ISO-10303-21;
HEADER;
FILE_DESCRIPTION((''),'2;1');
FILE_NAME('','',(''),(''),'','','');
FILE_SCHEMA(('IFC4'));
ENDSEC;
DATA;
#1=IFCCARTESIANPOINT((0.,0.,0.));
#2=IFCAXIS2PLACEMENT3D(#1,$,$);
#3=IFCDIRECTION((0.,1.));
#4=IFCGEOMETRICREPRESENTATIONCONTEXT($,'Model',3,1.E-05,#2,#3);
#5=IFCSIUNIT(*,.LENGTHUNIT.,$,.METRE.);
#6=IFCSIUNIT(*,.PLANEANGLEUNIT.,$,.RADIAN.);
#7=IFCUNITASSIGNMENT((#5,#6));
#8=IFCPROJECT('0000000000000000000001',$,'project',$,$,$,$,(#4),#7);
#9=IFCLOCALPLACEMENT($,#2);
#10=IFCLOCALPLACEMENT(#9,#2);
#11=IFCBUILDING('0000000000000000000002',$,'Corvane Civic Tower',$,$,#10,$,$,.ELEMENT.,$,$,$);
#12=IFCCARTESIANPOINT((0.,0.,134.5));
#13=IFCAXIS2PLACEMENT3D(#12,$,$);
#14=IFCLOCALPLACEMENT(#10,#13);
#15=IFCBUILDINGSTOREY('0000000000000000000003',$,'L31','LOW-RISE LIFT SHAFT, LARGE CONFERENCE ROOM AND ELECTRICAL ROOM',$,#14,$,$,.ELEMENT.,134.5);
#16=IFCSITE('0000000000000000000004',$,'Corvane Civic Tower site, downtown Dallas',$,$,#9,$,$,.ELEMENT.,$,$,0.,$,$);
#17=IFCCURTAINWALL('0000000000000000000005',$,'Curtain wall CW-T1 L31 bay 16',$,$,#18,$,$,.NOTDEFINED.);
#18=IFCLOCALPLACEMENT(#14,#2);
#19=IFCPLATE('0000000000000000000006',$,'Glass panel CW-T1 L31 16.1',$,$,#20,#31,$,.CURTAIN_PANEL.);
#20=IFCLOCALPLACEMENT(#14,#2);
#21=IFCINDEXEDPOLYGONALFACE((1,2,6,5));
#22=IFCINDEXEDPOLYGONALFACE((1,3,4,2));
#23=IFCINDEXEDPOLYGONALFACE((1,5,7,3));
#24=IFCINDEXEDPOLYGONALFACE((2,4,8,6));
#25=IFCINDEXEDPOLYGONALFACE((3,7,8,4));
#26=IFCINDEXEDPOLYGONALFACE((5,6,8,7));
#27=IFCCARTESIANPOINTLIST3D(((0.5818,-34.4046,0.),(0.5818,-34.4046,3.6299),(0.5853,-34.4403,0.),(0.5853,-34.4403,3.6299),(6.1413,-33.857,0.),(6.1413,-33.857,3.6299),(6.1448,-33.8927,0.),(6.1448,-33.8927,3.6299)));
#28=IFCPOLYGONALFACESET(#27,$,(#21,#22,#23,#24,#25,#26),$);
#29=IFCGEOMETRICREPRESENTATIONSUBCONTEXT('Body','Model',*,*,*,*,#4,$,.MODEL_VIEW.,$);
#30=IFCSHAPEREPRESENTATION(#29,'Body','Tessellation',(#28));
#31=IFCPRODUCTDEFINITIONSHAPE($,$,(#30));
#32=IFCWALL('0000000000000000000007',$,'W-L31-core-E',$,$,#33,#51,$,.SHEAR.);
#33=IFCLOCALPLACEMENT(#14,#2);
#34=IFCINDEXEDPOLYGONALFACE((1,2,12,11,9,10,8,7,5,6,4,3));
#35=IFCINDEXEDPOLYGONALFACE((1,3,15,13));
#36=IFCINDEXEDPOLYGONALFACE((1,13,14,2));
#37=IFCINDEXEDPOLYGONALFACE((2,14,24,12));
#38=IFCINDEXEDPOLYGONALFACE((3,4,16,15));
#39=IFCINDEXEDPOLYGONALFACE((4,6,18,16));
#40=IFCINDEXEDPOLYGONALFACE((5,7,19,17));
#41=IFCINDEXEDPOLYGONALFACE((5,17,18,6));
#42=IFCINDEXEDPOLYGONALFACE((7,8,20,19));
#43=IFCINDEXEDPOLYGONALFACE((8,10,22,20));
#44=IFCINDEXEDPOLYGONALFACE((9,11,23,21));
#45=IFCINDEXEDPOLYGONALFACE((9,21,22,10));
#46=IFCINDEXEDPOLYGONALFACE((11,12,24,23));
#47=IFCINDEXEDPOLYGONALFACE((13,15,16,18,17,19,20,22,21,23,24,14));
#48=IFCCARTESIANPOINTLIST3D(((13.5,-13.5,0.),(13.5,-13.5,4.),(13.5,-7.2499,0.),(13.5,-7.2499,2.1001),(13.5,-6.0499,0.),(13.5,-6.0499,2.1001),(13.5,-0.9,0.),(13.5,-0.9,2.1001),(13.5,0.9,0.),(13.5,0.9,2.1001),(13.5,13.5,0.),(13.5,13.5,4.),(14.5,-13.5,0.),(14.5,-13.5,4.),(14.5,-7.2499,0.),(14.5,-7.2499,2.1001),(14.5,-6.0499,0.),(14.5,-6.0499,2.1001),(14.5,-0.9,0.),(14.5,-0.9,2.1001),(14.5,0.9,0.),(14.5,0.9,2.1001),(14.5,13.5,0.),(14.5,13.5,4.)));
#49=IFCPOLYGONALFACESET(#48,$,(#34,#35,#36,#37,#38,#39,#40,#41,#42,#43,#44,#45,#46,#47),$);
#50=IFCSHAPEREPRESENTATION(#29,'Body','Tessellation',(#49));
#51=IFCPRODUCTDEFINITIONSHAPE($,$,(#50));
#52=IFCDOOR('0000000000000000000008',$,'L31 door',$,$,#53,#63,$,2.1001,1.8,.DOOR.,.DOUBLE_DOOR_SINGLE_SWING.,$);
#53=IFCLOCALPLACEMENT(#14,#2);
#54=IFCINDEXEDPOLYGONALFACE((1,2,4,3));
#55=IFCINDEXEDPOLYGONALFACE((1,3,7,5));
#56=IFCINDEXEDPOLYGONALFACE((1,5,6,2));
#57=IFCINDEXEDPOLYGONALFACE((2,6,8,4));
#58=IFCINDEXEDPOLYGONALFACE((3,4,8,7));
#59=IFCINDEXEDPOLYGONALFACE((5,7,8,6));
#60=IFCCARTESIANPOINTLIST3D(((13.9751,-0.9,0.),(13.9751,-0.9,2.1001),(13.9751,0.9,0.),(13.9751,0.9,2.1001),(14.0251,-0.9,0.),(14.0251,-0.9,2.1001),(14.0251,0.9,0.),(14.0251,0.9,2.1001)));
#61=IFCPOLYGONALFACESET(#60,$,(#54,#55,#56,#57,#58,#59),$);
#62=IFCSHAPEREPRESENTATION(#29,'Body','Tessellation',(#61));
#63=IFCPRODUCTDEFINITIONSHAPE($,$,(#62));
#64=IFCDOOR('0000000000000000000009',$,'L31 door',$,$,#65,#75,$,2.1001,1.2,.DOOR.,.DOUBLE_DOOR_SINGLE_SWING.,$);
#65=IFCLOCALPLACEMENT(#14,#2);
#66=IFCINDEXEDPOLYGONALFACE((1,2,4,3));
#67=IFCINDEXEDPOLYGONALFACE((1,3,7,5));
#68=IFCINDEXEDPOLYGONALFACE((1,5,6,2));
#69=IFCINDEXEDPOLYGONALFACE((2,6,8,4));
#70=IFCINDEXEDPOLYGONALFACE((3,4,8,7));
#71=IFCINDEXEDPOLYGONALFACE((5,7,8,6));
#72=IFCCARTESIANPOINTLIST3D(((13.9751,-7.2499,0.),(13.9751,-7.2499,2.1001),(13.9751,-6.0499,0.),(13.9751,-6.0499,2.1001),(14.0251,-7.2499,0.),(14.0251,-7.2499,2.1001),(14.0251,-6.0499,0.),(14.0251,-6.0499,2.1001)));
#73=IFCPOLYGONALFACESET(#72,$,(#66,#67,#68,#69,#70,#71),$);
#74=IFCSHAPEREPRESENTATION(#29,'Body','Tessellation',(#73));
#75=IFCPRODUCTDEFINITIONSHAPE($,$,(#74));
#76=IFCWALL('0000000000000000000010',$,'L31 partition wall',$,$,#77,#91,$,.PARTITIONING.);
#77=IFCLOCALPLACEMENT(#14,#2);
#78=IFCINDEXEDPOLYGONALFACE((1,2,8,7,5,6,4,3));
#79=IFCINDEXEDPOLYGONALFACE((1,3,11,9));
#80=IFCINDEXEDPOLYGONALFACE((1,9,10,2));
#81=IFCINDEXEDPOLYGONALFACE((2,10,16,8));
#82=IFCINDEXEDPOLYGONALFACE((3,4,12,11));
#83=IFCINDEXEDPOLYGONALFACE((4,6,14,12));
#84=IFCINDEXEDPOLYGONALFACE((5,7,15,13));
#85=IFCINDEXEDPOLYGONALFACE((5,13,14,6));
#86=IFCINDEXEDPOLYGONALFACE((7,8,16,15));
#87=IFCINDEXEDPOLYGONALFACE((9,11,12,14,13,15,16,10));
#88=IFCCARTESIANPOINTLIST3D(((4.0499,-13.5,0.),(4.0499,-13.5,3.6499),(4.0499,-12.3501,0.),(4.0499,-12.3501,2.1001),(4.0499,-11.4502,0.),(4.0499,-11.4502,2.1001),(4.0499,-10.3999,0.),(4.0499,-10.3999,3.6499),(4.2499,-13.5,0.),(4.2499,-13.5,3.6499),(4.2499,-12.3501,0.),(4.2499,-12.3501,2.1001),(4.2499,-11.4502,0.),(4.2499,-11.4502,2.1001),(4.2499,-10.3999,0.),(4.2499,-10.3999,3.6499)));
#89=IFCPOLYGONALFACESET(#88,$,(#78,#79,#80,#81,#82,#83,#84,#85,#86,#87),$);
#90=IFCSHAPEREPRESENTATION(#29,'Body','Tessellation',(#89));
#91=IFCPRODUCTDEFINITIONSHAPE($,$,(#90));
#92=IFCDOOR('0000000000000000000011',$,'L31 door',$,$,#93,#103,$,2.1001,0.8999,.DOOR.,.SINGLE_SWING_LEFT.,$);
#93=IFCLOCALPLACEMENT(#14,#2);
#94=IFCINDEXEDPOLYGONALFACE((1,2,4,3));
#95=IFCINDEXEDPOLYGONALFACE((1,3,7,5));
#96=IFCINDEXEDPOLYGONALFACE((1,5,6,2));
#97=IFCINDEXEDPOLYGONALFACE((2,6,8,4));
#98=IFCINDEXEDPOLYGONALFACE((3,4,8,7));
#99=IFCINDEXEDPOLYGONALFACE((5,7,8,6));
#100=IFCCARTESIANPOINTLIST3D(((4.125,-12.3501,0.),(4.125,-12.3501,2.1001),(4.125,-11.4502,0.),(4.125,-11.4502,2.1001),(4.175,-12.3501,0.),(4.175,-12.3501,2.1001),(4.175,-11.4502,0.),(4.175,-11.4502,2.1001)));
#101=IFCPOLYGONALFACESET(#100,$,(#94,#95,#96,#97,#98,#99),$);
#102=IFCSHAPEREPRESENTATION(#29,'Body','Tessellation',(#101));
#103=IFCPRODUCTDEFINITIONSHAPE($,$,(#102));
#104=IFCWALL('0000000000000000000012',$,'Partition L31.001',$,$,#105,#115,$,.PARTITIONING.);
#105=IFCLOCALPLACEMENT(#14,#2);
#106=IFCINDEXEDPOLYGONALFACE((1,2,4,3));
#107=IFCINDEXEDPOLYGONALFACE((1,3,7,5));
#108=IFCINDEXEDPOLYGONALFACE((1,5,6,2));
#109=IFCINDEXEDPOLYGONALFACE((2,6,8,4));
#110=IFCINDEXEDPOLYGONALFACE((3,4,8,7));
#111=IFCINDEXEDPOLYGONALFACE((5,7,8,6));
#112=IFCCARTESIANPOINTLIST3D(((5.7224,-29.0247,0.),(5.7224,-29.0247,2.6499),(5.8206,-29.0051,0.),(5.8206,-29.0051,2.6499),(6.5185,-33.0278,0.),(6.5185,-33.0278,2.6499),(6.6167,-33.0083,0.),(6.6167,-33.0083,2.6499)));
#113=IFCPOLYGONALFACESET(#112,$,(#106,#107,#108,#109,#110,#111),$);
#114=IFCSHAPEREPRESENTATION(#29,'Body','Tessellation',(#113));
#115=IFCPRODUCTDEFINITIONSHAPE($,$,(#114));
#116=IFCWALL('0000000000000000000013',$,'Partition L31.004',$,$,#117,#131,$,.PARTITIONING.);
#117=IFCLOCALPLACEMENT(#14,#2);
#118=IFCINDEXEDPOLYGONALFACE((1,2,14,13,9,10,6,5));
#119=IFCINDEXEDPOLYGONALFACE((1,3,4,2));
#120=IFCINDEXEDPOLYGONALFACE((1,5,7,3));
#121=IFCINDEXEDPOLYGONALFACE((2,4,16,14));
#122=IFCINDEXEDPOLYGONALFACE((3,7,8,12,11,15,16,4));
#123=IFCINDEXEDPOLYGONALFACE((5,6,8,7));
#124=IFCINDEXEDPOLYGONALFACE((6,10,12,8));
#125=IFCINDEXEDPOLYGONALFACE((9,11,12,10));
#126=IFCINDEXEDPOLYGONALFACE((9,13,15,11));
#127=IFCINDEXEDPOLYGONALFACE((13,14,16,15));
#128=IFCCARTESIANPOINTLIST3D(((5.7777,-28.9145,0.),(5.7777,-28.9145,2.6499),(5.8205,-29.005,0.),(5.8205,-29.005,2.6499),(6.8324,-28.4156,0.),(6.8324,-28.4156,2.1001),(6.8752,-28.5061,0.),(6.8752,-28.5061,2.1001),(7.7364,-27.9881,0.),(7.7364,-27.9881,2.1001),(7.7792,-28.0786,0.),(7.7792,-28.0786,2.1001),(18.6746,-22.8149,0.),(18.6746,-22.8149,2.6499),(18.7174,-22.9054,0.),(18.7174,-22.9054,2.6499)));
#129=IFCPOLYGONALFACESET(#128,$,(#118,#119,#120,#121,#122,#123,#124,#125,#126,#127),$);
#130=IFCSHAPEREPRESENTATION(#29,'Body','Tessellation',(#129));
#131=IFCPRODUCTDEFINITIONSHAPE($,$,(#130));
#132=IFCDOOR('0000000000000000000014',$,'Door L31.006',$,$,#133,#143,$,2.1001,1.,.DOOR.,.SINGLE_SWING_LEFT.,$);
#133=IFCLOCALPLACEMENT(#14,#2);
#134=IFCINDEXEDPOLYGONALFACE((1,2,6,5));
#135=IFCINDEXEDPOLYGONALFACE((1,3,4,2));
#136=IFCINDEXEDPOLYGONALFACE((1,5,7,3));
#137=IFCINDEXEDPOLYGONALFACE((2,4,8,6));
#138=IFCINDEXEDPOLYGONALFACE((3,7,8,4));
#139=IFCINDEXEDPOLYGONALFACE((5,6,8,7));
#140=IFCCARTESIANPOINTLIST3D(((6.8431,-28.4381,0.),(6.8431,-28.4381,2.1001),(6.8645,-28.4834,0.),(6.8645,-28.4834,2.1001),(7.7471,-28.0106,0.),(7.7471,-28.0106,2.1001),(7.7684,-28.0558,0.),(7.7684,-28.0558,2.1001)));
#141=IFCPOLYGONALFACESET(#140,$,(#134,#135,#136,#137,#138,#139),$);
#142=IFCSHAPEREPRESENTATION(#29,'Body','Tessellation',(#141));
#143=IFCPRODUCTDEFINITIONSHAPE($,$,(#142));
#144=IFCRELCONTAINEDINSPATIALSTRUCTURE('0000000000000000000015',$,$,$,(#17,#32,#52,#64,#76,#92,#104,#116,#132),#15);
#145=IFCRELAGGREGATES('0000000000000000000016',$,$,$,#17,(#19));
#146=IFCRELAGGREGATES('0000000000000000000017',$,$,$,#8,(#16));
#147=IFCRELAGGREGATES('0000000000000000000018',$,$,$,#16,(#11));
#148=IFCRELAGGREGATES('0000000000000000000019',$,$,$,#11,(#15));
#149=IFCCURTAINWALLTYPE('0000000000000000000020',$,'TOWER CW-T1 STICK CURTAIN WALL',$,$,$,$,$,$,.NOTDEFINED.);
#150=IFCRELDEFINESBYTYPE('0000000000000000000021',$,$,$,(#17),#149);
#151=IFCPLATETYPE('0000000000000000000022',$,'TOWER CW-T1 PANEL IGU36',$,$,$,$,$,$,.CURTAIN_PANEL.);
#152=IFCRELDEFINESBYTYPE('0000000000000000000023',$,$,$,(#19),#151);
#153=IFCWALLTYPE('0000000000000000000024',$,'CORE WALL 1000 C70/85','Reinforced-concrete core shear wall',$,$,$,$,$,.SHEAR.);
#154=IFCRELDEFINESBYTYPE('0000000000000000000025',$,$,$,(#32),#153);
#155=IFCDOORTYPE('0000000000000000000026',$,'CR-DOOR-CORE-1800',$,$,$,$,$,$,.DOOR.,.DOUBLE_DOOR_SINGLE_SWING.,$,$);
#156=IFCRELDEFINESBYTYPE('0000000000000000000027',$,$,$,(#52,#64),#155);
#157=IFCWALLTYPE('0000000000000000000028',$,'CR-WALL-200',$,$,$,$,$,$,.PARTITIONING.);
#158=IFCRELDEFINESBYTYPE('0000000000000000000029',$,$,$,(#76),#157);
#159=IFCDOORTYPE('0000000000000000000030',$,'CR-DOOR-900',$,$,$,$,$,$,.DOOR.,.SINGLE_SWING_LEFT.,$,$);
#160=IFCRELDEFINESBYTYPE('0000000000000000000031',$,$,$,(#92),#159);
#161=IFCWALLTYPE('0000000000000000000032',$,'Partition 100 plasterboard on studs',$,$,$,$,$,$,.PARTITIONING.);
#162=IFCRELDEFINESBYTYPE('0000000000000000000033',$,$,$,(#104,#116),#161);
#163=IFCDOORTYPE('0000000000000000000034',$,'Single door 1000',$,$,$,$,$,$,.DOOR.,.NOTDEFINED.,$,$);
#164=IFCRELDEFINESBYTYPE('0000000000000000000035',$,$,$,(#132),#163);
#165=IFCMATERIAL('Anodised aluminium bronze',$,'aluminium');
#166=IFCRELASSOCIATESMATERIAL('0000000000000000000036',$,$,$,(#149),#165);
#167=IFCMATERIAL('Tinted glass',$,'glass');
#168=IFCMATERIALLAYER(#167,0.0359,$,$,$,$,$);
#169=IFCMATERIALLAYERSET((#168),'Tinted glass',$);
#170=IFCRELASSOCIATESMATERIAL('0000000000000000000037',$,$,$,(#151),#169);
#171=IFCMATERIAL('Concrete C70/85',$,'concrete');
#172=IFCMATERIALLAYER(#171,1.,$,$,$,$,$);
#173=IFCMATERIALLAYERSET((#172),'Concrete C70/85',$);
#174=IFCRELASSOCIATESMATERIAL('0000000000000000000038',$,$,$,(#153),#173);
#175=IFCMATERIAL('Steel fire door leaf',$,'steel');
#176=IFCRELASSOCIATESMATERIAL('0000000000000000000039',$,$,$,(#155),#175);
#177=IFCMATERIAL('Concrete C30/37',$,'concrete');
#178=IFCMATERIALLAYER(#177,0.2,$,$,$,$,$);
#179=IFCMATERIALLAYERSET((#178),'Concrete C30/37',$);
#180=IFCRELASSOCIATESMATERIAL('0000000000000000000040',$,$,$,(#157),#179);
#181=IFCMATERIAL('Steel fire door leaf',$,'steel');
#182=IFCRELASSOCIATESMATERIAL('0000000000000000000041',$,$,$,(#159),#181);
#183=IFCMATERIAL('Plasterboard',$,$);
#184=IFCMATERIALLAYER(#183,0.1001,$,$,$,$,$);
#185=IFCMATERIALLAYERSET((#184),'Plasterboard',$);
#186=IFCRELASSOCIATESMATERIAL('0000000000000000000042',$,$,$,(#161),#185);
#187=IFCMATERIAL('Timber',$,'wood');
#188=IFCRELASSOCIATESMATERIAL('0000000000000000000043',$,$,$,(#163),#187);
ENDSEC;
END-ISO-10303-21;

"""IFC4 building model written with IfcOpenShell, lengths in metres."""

from ifc_helpers import new_model, si_unit, direction, frame, frame_2d, origin, origin_2d, place, context, subcontext, project, spatial, rectangle, extrude, material, layer, layer_set, type_object, element, fill, aggregate, save


model = new_model("IFC4")

# Units and contexts
model_context = context("Model", 3, precision=1e-05, world=origin(), true_north=direction((0.0, 1.0)))
body_context = subcontext(model_context, "Body", "Model", "MODEL_VIEW")
ifc_project = project(units=[si_unit("LENGTHUNIT", "METRE"), si_unit("PLANEANGLEUNIT", "RADIAN")], contexts=[model_context])

# Site, building, storey
site_placement = place(None, origin())
site = spatial("IfcSite", under=ifc_project, at=site_placement, Name="Corvane Civic Tower site, downtown Dallas", CompositionType="ELEMENT", RefElevation=0.0)
building_placement = place(site_placement, origin())
building = spatial("IfcBuilding", under=site, at=building_placement, Name="Corvane Civic Tower", CompositionType="ELEMENT")
storey_placement = place(building_placement, frame((0.0, 0.0, 134.5)))
storey = spatial("IfcBuildingStorey", under=building, at=storey_placement, Name="L31", Description="LOW-RISE LIFT SHAFT, LARGE CONFERENCE ROOM AND ELECTRICAL ROOM", CompositionType="ELEMENT", Elevation=134.5)

# Curtain wall
ifc_material_1 = material(Name="Anodised aluminium bronze", Category="aluminium")
curtain_wall_type = type_object("IfcCurtainWallType", Name="TOWER CW-T1 STICK CURTAIN WALL", PredefinedType="NOTDEFINED", material=ifc_material_1)
curtain_wall_1_placement = place(storey_placement, origin())
curtain_wall_1 = element("IfcCurtainWall", 1, at=curtain_wall_1_placement, inside=storey, type_object=curtain_wall_type, Name="Curtain wall CW-T1 L31 bay 16", PredefinedType="NOTDEFINED")

# Plate
ifc_material_2 = material(Name="Tinted glass", Category="glass")
ifc_layer_1 = layer(ifc_material_2, 0.0359)
ifc_layer_set_1 = layer_set([ifc_layer_1], Name="Tinted glass")
plate_type = type_object("IfcPlateType", Name="TOWER CW-T1 PANEL IGU36", PredefinedType="CURTAIN_PANEL", material=ifc_layer_set_1)
plate_1_placement = place(storey_placement, frame((3.3633, -34.1487, 0.0), z_axis=(0.0, 0.0, 1.0), x_axis=(-0.995184, -0.098027, 0.0)))
plate_1 = element("IfcPlate", 2, at=plate_1_placement, type_object=plate_type, Name="Glass panel CW-T1 L31 16.1", PredefinedType="CURTAIN_PANEL", context=body_context, shape_type="SweptSolid", body=[
    extrude(rectangle(XDim=5.5864, YDim=0.0359, at=origin_2d()), origin(), (0.0, 0.0, 1.0), 3.6299),
])
aggregate(curtain_wall_1, [plate_1])

# Wall, openings, doors
ifc_material_3 = material(Name="Concrete C70/85", Category="concrete")
ifc_layer_2 = layer(ifc_material_3, 1.0)
ifc_layer_set_2 = layer_set([ifc_layer_2], Name="Concrete C70/85")
wall_type_1 = type_object("IfcWallType", Name="CORE WALL 1000 C70/85", Description="Reinforced-concrete core shear wall", PredefinedType="SHEAR", material=ifc_layer_set_2)
wall_1_placement = place(storey_placement, frame((14.0, -13.5, 0.0), z_axis=(0.0, 0.0, 1.0), x_axis=(0.0, 1.0, 0.0)))
wall_1 = element("IfcWall", 3, at=wall_1_placement, inside=storey, type_object=wall_type_1, Name="W-L31-core-E", PredefinedType="SHEAR", context=body_context, shape_type="SweptSolid", body=[
    extrude(rectangle(XDim=27.0, YDim=1.0, at=frame_2d((13.5, 0.0))), origin(), (0.0, 0.0, 1.0), 4.0),
])
opening_1_placement = place(wall_1_placement, frame((12.6001, 0.0, 0.0)))
opening_1 = element("IfcOpeningElement", 4, at=opening_1_placement, cuts=wall_1, PredefinedType="OPENING", context=body_context, shape_type="SweptSolid", body=[
    extrude(rectangle(XDim=1.8, YDim=2.1001, at=frame_2d((0.8999, 1.05))), frame((0.0, 0.51, 0.0), z_axis=(0.0, -1.0, 0.0), x_axis=(1.0, 0.0, 0.0)), (0.0, 0.0, 1.0), 1.02),
])
opening_2_placement = place(wall_1_placement, frame((6.25, 0.0, 0.0)))
opening_2 = element("IfcOpeningElement", 5, at=opening_2_placement, cuts=wall_1, PredefinedType="OPENING", context=body_context, shape_type="SweptSolid", body=[
    extrude(rectangle(XDim=1.2, YDim=2.1001, at=frame_2d((0.6001, 1.05))), frame((0.0, 0.51, 0.0), z_axis=(0.0, -1.0, 0.0), x_axis=(1.0, 0.0, 0.0)), (0.0, 0.0, 1.0), 1.02),
])
ifc_material_4 = material(Name="Steel fire door leaf", Category="steel")
door_type_1 = type_object("IfcDoorType", Name="CR-DOOR-CORE-1800", OperationType="DOUBLE_DOOR_SINGLE_SWING", PredefinedType="DOOR", material=ifc_material_4)
door_1_placement = place(opening_1_placement, origin())
door_1 = element("IfcDoor", 6, at=door_1_placement, inside=storey, type_object=door_type_1, Name="L31 door", OperationType="DOUBLE_DOOR_SINGLE_SWING", OverallHeight=2.1001, OverallWidth=1.8, PredefinedType="DOOR", context=body_context, shape_type="SweptSolid", body=[
    extrude(rectangle(XDim=1.8, YDim=2.1001, at=frame_2d((0.8999, 1.05))), frame((0.0, 0.0249, 0.0), z_axis=(0.0, -1.0, 0.0), x_axis=(1.0, 0.0, 0.0)), (0.0, 0.0, 1.0), 0.05),
])
fill(opening_1, door_1)
door_2_placement = place(opening_2_placement, origin())
door_2 = element("IfcDoor", 7, at=door_2_placement, inside=storey, type_object=door_type_1, Name="L31 door", OperationType="DOUBLE_DOOR_SINGLE_SWING", OverallHeight=2.1001, OverallWidth=1.2, PredefinedType="DOOR", context=body_context, shape_type="SweptSolid", body=[
    extrude(rectangle(XDim=1.2, YDim=2.1001, at=frame_2d((0.6001, 1.05))), frame((0.0, 0.0249, 0.0), z_axis=(0.0, -1.0, 0.0), x_axis=(1.0, 0.0, 0.0)), (0.0, 0.0, 1.0), 0.05),
])
fill(opening_2, door_2)

# Wall, opening, door
ifc_material_5 = material(Name="Concrete C30/37", Category="concrete")
ifc_layer_3 = layer(ifc_material_5, 0.2)
ifc_layer_set_3 = layer_set([ifc_layer_3], Name="Concrete C30/37")
wall_type_2 = type_object("IfcWallType", Name="CR-WALL-200", PredefinedType="PARTITIONING", material=ifc_layer_set_3)
wall_2_placement = place(storey_placement, frame((4.1499, -13.5, 0.0), z_axis=(0.0, 0.0, 1.0), x_axis=(0.0, 1.0, 0.0)))
wall_2 = element("IfcWall", 8, at=wall_2_placement, inside=storey, type_object=wall_type_2, Name="L31 partition wall", PredefinedType="PARTITIONING", context=body_context, shape_type="SweptSolid", body=[
    extrude(rectangle(XDim=3.1001, YDim=0.2, at=frame_2d((1.55, 0.0))), origin(), (0.0, 0.0, 1.0), 3.6499),
])
opening_3_placement = place(wall_2_placement, frame((1.1499, 0.0, 0.0)))
opening_3 = element("IfcOpeningElement", 9, at=opening_3_placement, cuts=wall_2, PredefinedType="OPENING", context=body_context, shape_type="SweptSolid", body=[
    extrude(rectangle(XDim=0.8999, YDim=2.1001, at=frame_2d((0.45, 1.05))), frame((0.0, 0.1099, 0.0), z_axis=(0.0, -1.0, 0.0), x_axis=(1.0, 0.0, 0.0)), (0.0, 0.0, 1.0), 0.22),
])
ifc_material_6 = material(Name="Steel fire door leaf", Category="steel")
door_type_2 = type_object("IfcDoorType", Name="CR-DOOR-900", OperationType="SINGLE_SWING_LEFT", PredefinedType="DOOR", material=ifc_material_6)
door_3_placement = place(opening_3_placement, origin())
door_3 = element("IfcDoor", 10, at=door_3_placement, inside=storey, type_object=door_type_2, Name="L31 door", OperationType="SINGLE_SWING_LEFT", OverallHeight=2.1001, OverallWidth=0.8999, PredefinedType="DOOR", context=body_context, shape_type="SweptSolid", body=[
    extrude(rectangle(XDim=0.8999, YDim=2.1001, at=frame_2d((0.45, 1.05))), frame((0.0, 0.0249, 0.0), z_axis=(0.0, -1.0, 0.0), x_axis=(1.0, 0.0, 0.0)), (0.0, 0.0, 1.0), 0.05),
])
fill(opening_3, door_3)

# Wall
ifc_material_7 = material(Name="Plasterboard")
ifc_layer_4 = layer(ifc_material_7, 0.1001)
ifc_layer_set_4 = layer_set([ifc_layer_4], Name="Plasterboard")
wall_type_3 = type_object("IfcWallType", Name="Partition 100 plasterboard on studs", PredefinedType="PARTITIONING", material=ifc_layer_set_4)
wall_3_placement = place(storey_placement, frame((5.7715, -29.0149, 0.0), z_axis=(0.0, 0.0, 1.0), x_axis=(0.195058, -0.980792, 0.0)))
element("IfcWall", 11, at=wall_3_placement, inside=storey, type_object=wall_type_3, Name="Partition L31.001", PredefinedType="PARTITIONING", context=body_context, shape_type="SweptSolid", body=[
    extrude(rectangle(XDim=4.0815, YDim=0.1001, at=frame_2d((2.0408, 0.0))), origin(), (0.0, 0.0, 1.0), 2.6499),
])

# Wall, opening, door
wall_4_placement = place(storey_placement, frame((5.7991, -28.9597, 0.0), z_axis=(0.0, 0.0, 1.0), x_axis=(0.903995, 0.427543, 0.0)))
wall_4 = element("IfcWall", 12, at=wall_4_placement, inside=storey, type_object=wall_type_3, Name="Partition L31.004", PredefinedType="PARTITIONING", context=body_context, shape_type="SweptSolid", body=[
    extrude(rectangle(XDim=14.2666, YDim=0.1001, at=frame_2d((7.1333, 0.0))), origin(), (0.0, 0.0, 1.0), 2.6499),
])
opening_4_placement = place(wall_4_placement, frame((1.1667, 0.0, 0.0)))
opening_4 = element("IfcOpeningElement", 13, at=opening_4_placement, cuts=wall_4, PredefinedType="OPENING", context=body_context, shape_type="SweptSolid", body=[
    extrude(rectangle(XDim=1.0, YDim=2.1001, at=frame_2d((0.5, 1.05))), frame((0.0, 0.0601, 0.0), z_axis=(0.0, -1.0, 0.0), x_axis=(1.0, 0.0, 0.0)), (0.0, 0.0, 1.0), 0.1201),
])
ifc_material_8 = material(Name="Timber", Category="wood")
door_type_3 = type_object("IfcDoorType", Name="Single door 1000", OperationType="NOTDEFINED", PredefinedType="DOOR", material=ifc_material_8)
door_4_placement = place(opening_4_placement, frame((1.0, 0.0, 0.0), z_axis=(0.0, 0.0, 1.0), x_axis=(-1.0, 0.0, 0.0)))
door_4 = element("IfcDoor", 14, at=door_4_placement, inside=storey, type_object=door_type_3, Name="Door L31.006", OperationType="SINGLE_SWING_LEFT", OverallHeight=2.1001, OverallWidth=1.0, PredefinedType="DOOR", context=body_context, shape_type="SweptSolid", body=[
    extrude(rectangle(XDim=1.0, YDim=2.1001, at=frame_2d((0.5, 1.05))), frame((0.0, 0.0249, 0.0), z_axis=(0.0, -1.0, 0.0), x_axis=(1.0, 0.0, 0.0)), (0.0, 0.0, 1.0), 0.05),
])
fill(opening_4, door_4)

save(model, "model.ifc")
